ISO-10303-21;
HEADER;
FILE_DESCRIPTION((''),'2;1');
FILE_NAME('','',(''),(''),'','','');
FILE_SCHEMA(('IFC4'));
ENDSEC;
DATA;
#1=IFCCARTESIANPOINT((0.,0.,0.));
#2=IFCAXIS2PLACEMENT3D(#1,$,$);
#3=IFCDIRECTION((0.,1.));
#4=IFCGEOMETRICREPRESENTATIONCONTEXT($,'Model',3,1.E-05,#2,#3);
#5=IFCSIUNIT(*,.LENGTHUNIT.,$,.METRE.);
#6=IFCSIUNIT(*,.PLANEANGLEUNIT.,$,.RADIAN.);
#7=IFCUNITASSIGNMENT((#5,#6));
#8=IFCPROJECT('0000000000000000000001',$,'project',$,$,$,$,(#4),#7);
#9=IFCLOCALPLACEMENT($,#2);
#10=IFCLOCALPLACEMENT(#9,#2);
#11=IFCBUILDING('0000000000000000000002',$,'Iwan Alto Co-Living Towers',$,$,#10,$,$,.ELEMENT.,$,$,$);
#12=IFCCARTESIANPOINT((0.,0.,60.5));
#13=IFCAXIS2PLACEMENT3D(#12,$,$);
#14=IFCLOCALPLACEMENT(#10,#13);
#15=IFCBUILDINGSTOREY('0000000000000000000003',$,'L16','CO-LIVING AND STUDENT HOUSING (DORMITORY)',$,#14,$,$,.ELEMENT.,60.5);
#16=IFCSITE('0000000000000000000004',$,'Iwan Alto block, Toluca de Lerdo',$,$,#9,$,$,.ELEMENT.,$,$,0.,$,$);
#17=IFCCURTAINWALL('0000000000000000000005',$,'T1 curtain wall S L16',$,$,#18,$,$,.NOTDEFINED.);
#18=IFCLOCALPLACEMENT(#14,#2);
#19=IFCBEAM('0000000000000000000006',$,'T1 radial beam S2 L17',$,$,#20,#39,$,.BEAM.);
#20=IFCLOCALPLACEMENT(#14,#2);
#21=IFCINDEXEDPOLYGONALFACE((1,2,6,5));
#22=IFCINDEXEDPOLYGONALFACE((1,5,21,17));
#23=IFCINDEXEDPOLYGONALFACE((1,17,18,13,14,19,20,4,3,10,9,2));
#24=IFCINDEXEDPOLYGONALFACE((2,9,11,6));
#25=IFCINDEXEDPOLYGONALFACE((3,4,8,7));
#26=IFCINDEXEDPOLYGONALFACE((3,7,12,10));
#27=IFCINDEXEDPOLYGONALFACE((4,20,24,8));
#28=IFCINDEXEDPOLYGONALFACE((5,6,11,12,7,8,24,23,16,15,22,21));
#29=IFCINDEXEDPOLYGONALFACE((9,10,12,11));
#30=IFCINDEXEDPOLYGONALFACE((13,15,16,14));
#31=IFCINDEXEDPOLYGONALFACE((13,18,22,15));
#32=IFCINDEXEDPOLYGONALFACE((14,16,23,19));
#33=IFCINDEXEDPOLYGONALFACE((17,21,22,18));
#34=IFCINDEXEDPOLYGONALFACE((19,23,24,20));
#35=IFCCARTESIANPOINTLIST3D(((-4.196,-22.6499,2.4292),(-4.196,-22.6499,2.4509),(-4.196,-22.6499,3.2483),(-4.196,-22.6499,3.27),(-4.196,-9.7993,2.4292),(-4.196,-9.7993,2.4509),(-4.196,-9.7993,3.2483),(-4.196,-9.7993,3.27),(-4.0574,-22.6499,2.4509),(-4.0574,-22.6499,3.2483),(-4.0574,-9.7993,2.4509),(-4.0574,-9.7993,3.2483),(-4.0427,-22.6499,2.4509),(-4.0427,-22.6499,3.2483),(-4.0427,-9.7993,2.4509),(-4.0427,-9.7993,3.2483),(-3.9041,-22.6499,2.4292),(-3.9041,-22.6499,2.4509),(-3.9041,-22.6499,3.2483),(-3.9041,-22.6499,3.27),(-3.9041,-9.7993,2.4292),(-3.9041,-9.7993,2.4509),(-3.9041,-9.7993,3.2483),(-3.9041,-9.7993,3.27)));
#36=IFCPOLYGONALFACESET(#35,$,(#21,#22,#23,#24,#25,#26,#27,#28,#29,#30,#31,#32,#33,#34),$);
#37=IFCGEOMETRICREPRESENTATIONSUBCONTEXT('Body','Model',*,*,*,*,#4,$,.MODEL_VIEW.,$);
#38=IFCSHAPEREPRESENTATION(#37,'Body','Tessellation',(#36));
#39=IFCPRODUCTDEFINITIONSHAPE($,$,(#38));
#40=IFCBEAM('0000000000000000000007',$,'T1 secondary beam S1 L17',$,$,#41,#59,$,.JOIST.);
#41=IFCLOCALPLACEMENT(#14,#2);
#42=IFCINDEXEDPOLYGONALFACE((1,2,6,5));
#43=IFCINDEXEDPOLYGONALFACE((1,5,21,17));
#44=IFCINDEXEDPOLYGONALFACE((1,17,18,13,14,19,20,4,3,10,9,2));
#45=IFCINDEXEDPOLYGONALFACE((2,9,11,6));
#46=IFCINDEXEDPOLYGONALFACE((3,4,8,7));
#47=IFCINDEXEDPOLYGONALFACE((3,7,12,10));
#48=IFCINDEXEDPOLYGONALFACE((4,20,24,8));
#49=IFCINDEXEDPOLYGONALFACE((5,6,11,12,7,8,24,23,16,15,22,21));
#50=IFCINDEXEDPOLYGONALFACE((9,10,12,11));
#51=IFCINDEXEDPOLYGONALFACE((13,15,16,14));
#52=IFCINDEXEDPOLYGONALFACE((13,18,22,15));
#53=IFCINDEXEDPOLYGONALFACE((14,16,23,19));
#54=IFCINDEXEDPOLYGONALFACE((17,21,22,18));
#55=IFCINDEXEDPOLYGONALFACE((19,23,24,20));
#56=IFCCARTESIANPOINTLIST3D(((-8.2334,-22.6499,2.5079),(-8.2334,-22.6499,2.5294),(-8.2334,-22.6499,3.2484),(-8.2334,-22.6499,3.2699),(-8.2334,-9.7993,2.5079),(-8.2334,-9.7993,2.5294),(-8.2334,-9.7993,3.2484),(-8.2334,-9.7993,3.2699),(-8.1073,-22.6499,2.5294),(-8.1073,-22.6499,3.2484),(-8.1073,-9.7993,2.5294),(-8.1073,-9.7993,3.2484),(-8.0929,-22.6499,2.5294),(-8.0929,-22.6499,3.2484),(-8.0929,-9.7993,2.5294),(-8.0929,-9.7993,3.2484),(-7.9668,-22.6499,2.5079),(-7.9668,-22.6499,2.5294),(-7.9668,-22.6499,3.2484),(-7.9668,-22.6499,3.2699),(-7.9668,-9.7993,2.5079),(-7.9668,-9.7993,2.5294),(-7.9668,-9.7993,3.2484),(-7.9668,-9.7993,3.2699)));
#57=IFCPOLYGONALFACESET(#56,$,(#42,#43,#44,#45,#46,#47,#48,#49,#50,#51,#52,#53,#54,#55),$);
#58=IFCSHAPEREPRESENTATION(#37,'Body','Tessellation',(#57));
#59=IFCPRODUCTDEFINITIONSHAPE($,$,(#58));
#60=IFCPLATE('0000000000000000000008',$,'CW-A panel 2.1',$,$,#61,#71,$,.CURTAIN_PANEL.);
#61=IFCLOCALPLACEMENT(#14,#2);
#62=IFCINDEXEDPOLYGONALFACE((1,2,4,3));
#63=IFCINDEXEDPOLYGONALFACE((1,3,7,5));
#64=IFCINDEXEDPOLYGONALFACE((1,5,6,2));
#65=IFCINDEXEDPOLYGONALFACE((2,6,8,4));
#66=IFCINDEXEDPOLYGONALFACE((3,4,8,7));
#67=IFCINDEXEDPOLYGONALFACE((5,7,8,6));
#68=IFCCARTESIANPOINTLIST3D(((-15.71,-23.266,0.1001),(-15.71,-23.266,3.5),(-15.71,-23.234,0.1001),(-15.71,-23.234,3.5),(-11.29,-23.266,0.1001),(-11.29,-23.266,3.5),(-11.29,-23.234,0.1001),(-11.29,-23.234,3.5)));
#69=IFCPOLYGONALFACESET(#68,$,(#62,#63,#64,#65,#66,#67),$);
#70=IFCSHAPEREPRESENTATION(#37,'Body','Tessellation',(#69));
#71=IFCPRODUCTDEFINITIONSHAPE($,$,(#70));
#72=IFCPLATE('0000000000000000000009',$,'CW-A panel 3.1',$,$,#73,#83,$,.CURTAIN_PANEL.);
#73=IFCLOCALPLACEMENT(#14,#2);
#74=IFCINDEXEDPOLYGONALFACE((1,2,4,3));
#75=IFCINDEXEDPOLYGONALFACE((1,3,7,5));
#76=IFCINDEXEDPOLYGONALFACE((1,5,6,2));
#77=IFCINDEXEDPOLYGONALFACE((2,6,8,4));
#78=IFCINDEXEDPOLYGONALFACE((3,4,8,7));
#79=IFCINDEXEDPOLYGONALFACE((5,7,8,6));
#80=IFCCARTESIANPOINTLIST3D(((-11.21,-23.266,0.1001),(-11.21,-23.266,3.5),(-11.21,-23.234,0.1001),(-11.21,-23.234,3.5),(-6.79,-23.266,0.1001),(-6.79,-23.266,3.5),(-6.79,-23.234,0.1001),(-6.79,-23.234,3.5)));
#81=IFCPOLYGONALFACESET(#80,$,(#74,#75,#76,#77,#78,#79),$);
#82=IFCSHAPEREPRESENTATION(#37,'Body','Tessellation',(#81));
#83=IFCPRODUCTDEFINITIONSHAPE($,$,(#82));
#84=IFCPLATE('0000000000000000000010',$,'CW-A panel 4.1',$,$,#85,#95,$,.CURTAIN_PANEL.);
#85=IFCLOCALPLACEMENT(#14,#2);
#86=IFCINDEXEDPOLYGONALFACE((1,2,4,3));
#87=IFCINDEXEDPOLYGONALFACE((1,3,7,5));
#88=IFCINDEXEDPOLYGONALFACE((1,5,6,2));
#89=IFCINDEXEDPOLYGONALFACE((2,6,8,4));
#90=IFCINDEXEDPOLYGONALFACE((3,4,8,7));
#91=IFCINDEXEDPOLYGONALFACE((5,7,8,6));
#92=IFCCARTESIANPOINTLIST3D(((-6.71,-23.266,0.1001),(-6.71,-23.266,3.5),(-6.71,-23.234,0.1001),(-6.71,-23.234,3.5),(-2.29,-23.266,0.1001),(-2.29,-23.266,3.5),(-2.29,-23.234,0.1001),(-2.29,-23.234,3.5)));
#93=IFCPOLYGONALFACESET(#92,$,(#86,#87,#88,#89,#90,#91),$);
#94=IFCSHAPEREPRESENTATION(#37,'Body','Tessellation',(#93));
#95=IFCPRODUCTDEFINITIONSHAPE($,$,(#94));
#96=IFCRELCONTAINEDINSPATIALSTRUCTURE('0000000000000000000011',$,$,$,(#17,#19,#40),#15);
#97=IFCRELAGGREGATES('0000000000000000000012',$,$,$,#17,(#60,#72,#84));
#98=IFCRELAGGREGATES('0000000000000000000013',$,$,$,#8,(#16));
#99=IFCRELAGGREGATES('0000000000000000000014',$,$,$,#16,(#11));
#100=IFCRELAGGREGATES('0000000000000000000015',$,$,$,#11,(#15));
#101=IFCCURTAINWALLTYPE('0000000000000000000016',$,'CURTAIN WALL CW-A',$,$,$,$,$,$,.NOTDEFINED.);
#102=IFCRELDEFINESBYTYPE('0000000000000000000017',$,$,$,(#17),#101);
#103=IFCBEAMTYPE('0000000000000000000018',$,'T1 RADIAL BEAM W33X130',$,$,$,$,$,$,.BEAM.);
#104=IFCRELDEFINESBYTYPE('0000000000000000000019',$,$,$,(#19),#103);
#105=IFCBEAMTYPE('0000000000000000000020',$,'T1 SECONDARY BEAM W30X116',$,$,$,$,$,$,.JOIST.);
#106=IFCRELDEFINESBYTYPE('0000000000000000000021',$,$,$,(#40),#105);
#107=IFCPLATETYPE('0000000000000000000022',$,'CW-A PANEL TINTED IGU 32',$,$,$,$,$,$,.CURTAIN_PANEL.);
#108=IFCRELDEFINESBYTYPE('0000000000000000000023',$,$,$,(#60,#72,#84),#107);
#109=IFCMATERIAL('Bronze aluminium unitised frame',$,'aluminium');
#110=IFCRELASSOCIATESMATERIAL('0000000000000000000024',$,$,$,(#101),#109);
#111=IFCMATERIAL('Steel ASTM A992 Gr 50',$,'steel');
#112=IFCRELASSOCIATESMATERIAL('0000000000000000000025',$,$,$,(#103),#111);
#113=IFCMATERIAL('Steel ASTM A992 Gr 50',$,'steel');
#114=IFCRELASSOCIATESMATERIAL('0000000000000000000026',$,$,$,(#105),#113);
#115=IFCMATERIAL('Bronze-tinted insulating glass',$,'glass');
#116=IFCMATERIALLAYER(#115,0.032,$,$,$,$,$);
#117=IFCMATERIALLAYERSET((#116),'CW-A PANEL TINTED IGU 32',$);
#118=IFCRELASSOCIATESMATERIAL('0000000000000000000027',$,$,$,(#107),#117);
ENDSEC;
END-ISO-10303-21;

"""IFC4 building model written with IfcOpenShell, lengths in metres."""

from ifc_helpers import new_model, si_unit, direction, frame, origin, origin_2d, place, context, subcontext, project, spatial, rectangle, i_section, extrude, material, layer, layer_set, material_profile, profile_set, type_object, element, aggregate, save


model = new_model("IFC4")

# Units and contexts
model_context = context("Model", 3, precision=1e-05, world=origin(), true_north=direction((0.0, 1.0)))
body_context = subcontext(model_context, "Body", "Model", "MODEL_VIEW")
ifc_project = project(units=[si_unit("LENGTHUNIT", "METRE"), si_unit("PLANEANGLEUNIT", "RADIAN")], contexts=[model_context])

# Site, building, storey
site_placement = place(None, origin())
site = spatial("IfcSite", under=ifc_project, at=site_placement, Name="Iwan Alto block, Toluca de Lerdo", CompositionType="ELEMENT", RefElevation=0.0)
building_placement = place(site_placement, origin())
building = spatial("IfcBuilding", under=site, at=building_placement, Name="Iwan Alto Co-Living Towers", CompositionType="ELEMENT")
storey_placement = place(building_placement, frame((0.0, 0.0, 60.5)))
storey = spatial("IfcBuildingStorey", under=building, at=storey_placement, Name="L16", Description="CO-LIVING AND STUDENT HOUSING (DORMITORY)", CompositionType="ELEMENT", Elevation=60.5)

# Curtain wall
ifc_material_1 = material(Name="Bronze aluminium unitised frame", Category="aluminium")
curtain_wall_type = type_object("IfcCurtainWallType", Name="CURTAIN WALL CW-A", PredefinedType="NOTDEFINED", material=ifc_material_1)
curtain_wall_placement = place(storey_placement, origin())
curtain_wall = element("IfcCurtainWall", 1, at=curtain_wall_placement, inside=storey, type_object=curtain_wall_type, Name="T1 curtain wall S L16", PredefinedType="NOTDEFINED")

# Beams
ifc_material_2 = material(Name="Steel ASTM A992 Gr 50", Category="steel")
ifc_material_profile_1 = material_profile(ifc_material_2, i_section(OverallWidth=0.292, OverallDepth=0.8408, WebThickness=0.0146, FlangeThickness=0.0217, at=origin_2d()), Name="W33X130")
ifc_profile_set_1 = profile_set([ifc_material_profile_1], Name="Steel ASTM A992 Gr 50")
beam_type_1 = type_object("IfcBeamType", Name="T1 RADIAL BEAM W33X130", PredefinedType="BEAM", material=ifc_profile_set_1)
beam_1_placement = place(storey_placement, frame((-4.05, -22.6499, 2.8496), z_axis=(0.0, 1.0, 0.0), x_axis=(-1.0, 0.0, 0.0)))
element("IfcBeam", 2, at=beam_1_placement, inside=storey, type_object=beam_type_1, Name="T1 radial beam S2 L17", PredefinedType="BEAM", context=body_context, shape_type="SweptSolid", body=[
    extrude(i_section(OverallWidth=0.292, OverallDepth=0.8408, WebThickness=0.0146, FlangeThickness=0.0217, at=origin_2d()), origin(), (0.0, 0.0, 1.0), 12.8506),
])
ifc_material_3 = material(Name="Steel ASTM A992 Gr 50", Category="steel")
ifc_material_profile_2 = material_profile(ifc_material_3, i_section(OverallWidth=0.2666, OverallDepth=0.762, WebThickness=0.0144, FlangeThickness=0.0215, at=origin_2d()), Name="W30X116")
ifc_profile_set_2 = profile_set([ifc_material_profile_2], Name="Steel ASTM A992 Gr 50")
beam_type_2 = type_object("IfcBeamType", Name="T1 SECONDARY BEAM W30X116", PredefinedType="JOIST", material=ifc_profile_set_2)
beam_2_placement = place(storey_placement, frame((-8.1001, -22.6499, 2.8889), z_axis=(0.0, 1.0, 0.0), x_axis=(-1.0, 0.0, 0.0)))
element("IfcBeam", 3, at=beam_2_placement, inside=storey, type_object=beam_type_2, Name="T1 secondary beam S1 L17", PredefinedType="JOIST", context=body_context, shape_type="SweptSolid", body=[
    extrude(i_section(OverallWidth=0.2666, OverallDepth=0.762, WebThickness=0.0144, FlangeThickness=0.0215, at=origin_2d()), origin(), (0.0, 0.0, 1.0), 12.8506),
])

# Plates
ifc_material_4 = material(Name="Bronze-tinted insulating glass", Category="glass")
ifc_layer_1 = layer(ifc_material_4, 0.032)
ifc_layer_set_1 = layer_set([ifc_layer_1], Name="CW-A PANEL TINTED IGU 32")
plate_type = type_object("IfcPlateType", Name="CW-A PANEL TINTED IGU 32", PredefinedType="CURTAIN_PANEL", material=ifc_layer_set_1)
plate_1_placement = place(storey_placement, frame((-13.5, -23.25, 0.1001), z_axis=(0.0, 0.0, 1.0), x_axis=(1.0, 0.0, 0.0)))
plate_1 = element("IfcPlate", 4, at=plate_1_placement, type_object=plate_type, Name="CW-A panel 2.1", PredefinedType="CURTAIN_PANEL", context=body_context, shape_type="SweptSolid", body=[
    extrude(rectangle(XDim=4.4199, YDim=0.032, at=origin_2d()), origin(), (0.0, 0.0, 1.0), 3.3999),
])
plate_2_placement = place(storey_placement, frame((-9.0, -23.25, 0.1001), z_axis=(0.0, 0.0, 1.0), x_axis=(1.0, 0.0, 0.0)))
plate_2 = element("IfcPlate", 5, at=plate_2_placement, type_object=plate_type, Name="CW-A panel 3.1", PredefinedType="CURTAIN_PANEL", context=body_context, shape_type="SweptSolid", body=[
    extrude(rectangle(XDim=4.4199, YDim=0.032, at=origin_2d()), origin(), (0.0, 0.0, 1.0), 3.3999),
])
plate_3_placement = place(storey_placement, frame((-4.5, -23.25, 0.1001), z_axis=(0.0, 0.0, 1.0), x_axis=(1.0, 0.0, 0.0)))
plate_3 = element("IfcPlate", 6, at=plate_3_placement, type_object=plate_type, Name="CW-A panel 4.1", PredefinedType="CURTAIN_PANEL", context=body_context, shape_type="SweptSolid", body=[
    extrude(rectangle(XDim=4.4199, YDim=0.032, at=origin_2d()), origin(), (0.0, 0.0, 1.0), 3.3999),
])
aggregate(curtain_wall, [plate_1, plate_2, plate_3])

save(model, "model.ifc")
